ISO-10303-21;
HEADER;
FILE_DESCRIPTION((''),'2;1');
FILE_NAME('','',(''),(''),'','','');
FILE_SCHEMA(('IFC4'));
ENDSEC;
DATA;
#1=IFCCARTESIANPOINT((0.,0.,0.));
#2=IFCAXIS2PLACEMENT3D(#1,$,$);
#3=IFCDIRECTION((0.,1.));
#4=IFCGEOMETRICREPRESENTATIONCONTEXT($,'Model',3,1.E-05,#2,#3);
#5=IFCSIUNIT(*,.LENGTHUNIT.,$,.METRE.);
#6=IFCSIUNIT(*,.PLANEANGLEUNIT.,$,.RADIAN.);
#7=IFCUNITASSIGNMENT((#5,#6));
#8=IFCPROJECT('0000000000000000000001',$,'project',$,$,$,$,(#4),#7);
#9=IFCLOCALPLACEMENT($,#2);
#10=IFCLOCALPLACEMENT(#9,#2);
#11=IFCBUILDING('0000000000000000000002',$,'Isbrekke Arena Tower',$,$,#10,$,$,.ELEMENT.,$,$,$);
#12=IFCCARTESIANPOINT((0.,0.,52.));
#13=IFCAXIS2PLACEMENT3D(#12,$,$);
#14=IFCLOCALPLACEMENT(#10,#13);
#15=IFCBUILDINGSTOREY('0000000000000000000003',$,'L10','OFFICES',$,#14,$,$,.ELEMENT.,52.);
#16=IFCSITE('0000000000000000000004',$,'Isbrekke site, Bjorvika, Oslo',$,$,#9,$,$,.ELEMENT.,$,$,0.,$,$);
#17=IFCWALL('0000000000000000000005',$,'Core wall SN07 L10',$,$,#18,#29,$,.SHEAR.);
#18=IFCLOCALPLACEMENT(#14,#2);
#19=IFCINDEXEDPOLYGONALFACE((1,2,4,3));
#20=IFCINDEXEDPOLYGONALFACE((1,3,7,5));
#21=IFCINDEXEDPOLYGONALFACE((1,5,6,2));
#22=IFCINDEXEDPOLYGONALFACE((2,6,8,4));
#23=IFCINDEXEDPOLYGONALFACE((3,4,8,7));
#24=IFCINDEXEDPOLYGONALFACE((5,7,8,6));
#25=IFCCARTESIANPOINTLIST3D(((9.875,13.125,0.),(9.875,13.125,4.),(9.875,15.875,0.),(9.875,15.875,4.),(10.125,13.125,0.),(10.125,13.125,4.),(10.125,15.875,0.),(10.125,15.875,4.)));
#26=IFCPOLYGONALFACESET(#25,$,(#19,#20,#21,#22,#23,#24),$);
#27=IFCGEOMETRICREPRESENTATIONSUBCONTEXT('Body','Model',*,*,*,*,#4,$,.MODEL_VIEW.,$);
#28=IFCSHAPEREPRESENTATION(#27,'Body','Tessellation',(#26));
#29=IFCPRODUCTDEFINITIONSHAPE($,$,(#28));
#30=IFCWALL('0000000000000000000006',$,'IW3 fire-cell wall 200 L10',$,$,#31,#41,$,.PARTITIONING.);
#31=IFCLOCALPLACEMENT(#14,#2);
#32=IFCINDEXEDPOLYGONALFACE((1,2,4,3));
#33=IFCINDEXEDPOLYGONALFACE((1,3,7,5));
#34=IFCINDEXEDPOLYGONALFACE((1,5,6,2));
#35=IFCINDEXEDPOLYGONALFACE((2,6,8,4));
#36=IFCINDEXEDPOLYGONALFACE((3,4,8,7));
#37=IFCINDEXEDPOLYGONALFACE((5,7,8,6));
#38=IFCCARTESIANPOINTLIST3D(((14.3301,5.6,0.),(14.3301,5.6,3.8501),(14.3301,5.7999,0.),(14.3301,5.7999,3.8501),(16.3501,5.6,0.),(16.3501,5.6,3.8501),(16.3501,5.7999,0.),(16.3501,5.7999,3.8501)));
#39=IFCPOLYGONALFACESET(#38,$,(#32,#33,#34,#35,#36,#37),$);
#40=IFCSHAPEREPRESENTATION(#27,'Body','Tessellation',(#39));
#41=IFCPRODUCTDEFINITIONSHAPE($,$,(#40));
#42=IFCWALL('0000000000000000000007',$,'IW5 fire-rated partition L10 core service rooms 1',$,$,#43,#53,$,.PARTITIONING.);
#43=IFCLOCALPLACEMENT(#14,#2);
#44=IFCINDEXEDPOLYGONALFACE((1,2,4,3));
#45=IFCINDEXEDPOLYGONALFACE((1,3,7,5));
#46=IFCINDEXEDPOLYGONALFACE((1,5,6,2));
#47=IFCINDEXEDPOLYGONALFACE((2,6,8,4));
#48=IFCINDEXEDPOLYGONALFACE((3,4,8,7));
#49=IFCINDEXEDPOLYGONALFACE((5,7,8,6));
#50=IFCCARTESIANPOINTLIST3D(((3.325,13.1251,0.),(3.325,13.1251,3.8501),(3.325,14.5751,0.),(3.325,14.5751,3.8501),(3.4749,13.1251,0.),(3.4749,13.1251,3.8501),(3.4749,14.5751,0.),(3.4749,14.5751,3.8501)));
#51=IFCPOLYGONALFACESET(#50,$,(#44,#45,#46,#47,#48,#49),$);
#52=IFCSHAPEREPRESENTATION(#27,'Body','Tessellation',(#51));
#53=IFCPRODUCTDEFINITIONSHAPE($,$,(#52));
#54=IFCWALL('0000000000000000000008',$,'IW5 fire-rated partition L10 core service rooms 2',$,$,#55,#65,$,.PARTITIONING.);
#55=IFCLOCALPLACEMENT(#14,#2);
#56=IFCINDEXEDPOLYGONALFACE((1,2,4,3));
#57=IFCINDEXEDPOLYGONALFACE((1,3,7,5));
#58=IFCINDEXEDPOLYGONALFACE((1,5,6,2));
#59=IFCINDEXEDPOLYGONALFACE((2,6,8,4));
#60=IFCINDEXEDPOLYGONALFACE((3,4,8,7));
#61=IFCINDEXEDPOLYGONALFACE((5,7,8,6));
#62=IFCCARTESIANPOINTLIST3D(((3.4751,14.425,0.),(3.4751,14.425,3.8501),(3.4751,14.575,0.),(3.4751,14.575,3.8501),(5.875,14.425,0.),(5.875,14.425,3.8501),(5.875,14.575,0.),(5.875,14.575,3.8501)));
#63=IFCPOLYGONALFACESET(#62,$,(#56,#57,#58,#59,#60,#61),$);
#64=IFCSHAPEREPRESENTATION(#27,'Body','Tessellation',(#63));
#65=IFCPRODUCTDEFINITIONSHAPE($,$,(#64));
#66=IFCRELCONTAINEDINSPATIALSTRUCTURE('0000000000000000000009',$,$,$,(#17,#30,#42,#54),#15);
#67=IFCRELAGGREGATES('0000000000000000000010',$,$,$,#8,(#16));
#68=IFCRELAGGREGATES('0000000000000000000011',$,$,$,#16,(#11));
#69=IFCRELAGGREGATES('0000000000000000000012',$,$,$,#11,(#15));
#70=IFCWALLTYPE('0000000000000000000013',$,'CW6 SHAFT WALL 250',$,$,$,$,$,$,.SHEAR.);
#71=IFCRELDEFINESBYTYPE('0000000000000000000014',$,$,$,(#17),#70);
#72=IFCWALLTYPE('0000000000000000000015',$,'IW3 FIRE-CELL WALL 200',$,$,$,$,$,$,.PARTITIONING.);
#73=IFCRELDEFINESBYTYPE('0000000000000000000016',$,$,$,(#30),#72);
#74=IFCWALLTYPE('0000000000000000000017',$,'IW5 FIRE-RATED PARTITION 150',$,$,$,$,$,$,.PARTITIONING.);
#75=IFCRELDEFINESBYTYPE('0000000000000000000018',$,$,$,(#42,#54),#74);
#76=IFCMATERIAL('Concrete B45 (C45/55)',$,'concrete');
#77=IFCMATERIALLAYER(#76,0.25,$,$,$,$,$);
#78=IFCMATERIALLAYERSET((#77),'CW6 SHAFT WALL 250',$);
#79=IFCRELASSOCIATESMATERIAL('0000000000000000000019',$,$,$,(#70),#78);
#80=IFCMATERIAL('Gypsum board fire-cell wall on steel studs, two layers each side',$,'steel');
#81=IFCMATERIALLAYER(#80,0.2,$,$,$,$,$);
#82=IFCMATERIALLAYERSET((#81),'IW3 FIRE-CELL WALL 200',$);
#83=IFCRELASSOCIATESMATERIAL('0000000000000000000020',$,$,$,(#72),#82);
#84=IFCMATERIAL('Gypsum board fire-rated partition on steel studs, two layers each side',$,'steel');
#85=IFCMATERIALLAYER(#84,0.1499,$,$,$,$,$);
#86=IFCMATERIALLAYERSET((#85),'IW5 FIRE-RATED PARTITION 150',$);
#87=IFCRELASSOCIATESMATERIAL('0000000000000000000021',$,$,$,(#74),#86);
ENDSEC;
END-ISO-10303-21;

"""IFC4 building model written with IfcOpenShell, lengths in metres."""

from ifc_helpers import new_model, si_unit, direction, frame, frame_2d, origin, place, context, subcontext, project, spatial, rectangle, extrude, material, layer, layer_set, type_object, element, save


model = new_model("IFC4")

# Units and contexts
model_context = context("Model", 3, precision=1e-05, world=origin(), true_north=direction((0.0, 1.0)))
body_context = subcontext(model_context, "Body", "Model", "MODEL_VIEW")
ifc_project = project(units=[si_unit("LENGTHUNIT", "METRE"), si_unit("PLANEANGLEUNIT", "RADIAN")], contexts=[model_context])

# Site, building, storey
site_placement = place(None, origin())
site = spatial("IfcSite", under=ifc_project, at=site_placement, Name="Isbrekke site, Bjorvika, Oslo", CompositionType="ELEMENT", RefElevation=0.0)
building_placement = place(site_placement, origin())
building = spatial("IfcBuilding", under=site, at=building_placement, Name="Isbrekke Arena Tower", CompositionType="ELEMENT")
storey_placement = place(building_placement, frame((0.0, 0.0, 52.0)))
storey = spatial("IfcBuildingStorey", under=building, at=storey_placement, Name="L10", Description="OFFICES", CompositionType="ELEMENT", Elevation=52.0)

# Shared definitions
ifc_material_1 = material(Name="Concrete B45 (C45/55)", Category="concrete")
ifc_layer_1 = layer(ifc_material_1, 0.25)
ifc_layer_set_1 = layer_set([ifc_layer_1], Name="CW6 SHAFT WALL 250")
wall_type_1 = type_object("IfcWallType", Name="CW6 SHAFT WALL 250", PredefinedType="SHEAR", material=ifc_layer_set_1)

# Walls
wall_1_placement = place(storey_placement, frame((10.0, 13.125, 0.0), z_axis=(0.0, 0.0, 1.0), x_axis=(0.0, 1.0, 0.0)))
element("IfcWall", 1, at=wall_1_placement, inside=storey, type_object=wall_type_1, Name="Core wall SN07 L10", PredefinedType="SHEAR", context=body_context, shape_type="SweptSolid", body=[
    extrude(rectangle(XDim=2.75, YDim=0.25, at=frame_2d((1.375, 0.0))), origin(), (0.0, 0.0, 1.0), 4.0),
])
ifc_material_2 = material(Name="Gypsum board fire-cell wall on steel studs, two layers each side", Category="steel")
ifc_layer_2 = layer(ifc_material_2, 0.2)
ifc_layer_set_2 = layer_set([ifc_layer_2], Name="IW3 FIRE-CELL WALL 200")
wall_type_2 = type_object("IfcWallType", Name="IW3 FIRE-CELL WALL 200", PredefinedType="PARTITIONING", material=ifc_layer_set_2)
wall_2_placement = place(storey_placement, frame((14.3301, 5.7, 0.0), z_axis=(0.0, 0.0, 1.0), x_axis=(1.0, 0.0, 0.0)))
element("IfcWall", 2, at=wall_2_placement, inside=storey, type_object=wall_type_2, Name="IW3 fire-cell wall 200 L10", PredefinedType="PARTITIONING", context=body_context, shape_type="SweptSolid", body=[
    extrude(rectangle(XDim=2.02, YDim=0.2, at=frame_2d((1.01, 0.0))), origin(), (0.0, 0.0, 1.0), 3.8501),
])

# Walls
ifc_material_3 = material(Name="Gypsum board fire-rated partition on steel studs, two layers each side", Category="steel")
ifc_layer_3 = layer(ifc_material_3, 0.1499)
ifc_layer_set_3 = layer_set([ifc_layer_3], Name="IW5 FIRE-RATED PARTITION 150")
wall_type_3 = type_object("IfcWallType", Name="IW5 FIRE-RATED PARTITION 150", PredefinedType="PARTITIONING", material=ifc_layer_set_3)
wall_3_placement = place(storey_placement, frame((3.3999, 13.125, 0.0), z_axis=(0.0, 0.0, 1.0), x_axis=(0.0, 1.0, 0.0)))
element("IfcWall", 3, at=wall_3_placement, inside=storey, type_object=wall_type_3, Name="IW5 fire-rated partition L10 core service rooms 1", PredefinedType="PARTITIONING", context=body_context, shape_type="SweptSolid", body=[
    extrude(rectangle(XDim=1.45, YDim=0.1499, at=frame_2d((0.7251, 0.0))), origin(), (0.0, 0.0, 1.0), 3.8501),
])
wall_4_placement = place(storey_placement, frame((3.4751, 14.5, 0.0), z_axis=(0.0, 0.0, 1.0), x_axis=(1.0, 0.0, 0.0)))
element("IfcWall", 4, at=wall_4_placement, inside=storey, type_object=wall_type_3, Name="IW5 fire-rated partition L10 core service rooms 2", PredefinedType="PARTITIONING", context=body_context, shape_type="SweptSolid", body=[
    extrude(rectangle(XDim=2.3999, YDim=0.1499, at=frame_2d((1.2, 0.0))), origin(), (0.0, 0.0, 1.0), 3.8501),
])

save(model, "model.ifc")
